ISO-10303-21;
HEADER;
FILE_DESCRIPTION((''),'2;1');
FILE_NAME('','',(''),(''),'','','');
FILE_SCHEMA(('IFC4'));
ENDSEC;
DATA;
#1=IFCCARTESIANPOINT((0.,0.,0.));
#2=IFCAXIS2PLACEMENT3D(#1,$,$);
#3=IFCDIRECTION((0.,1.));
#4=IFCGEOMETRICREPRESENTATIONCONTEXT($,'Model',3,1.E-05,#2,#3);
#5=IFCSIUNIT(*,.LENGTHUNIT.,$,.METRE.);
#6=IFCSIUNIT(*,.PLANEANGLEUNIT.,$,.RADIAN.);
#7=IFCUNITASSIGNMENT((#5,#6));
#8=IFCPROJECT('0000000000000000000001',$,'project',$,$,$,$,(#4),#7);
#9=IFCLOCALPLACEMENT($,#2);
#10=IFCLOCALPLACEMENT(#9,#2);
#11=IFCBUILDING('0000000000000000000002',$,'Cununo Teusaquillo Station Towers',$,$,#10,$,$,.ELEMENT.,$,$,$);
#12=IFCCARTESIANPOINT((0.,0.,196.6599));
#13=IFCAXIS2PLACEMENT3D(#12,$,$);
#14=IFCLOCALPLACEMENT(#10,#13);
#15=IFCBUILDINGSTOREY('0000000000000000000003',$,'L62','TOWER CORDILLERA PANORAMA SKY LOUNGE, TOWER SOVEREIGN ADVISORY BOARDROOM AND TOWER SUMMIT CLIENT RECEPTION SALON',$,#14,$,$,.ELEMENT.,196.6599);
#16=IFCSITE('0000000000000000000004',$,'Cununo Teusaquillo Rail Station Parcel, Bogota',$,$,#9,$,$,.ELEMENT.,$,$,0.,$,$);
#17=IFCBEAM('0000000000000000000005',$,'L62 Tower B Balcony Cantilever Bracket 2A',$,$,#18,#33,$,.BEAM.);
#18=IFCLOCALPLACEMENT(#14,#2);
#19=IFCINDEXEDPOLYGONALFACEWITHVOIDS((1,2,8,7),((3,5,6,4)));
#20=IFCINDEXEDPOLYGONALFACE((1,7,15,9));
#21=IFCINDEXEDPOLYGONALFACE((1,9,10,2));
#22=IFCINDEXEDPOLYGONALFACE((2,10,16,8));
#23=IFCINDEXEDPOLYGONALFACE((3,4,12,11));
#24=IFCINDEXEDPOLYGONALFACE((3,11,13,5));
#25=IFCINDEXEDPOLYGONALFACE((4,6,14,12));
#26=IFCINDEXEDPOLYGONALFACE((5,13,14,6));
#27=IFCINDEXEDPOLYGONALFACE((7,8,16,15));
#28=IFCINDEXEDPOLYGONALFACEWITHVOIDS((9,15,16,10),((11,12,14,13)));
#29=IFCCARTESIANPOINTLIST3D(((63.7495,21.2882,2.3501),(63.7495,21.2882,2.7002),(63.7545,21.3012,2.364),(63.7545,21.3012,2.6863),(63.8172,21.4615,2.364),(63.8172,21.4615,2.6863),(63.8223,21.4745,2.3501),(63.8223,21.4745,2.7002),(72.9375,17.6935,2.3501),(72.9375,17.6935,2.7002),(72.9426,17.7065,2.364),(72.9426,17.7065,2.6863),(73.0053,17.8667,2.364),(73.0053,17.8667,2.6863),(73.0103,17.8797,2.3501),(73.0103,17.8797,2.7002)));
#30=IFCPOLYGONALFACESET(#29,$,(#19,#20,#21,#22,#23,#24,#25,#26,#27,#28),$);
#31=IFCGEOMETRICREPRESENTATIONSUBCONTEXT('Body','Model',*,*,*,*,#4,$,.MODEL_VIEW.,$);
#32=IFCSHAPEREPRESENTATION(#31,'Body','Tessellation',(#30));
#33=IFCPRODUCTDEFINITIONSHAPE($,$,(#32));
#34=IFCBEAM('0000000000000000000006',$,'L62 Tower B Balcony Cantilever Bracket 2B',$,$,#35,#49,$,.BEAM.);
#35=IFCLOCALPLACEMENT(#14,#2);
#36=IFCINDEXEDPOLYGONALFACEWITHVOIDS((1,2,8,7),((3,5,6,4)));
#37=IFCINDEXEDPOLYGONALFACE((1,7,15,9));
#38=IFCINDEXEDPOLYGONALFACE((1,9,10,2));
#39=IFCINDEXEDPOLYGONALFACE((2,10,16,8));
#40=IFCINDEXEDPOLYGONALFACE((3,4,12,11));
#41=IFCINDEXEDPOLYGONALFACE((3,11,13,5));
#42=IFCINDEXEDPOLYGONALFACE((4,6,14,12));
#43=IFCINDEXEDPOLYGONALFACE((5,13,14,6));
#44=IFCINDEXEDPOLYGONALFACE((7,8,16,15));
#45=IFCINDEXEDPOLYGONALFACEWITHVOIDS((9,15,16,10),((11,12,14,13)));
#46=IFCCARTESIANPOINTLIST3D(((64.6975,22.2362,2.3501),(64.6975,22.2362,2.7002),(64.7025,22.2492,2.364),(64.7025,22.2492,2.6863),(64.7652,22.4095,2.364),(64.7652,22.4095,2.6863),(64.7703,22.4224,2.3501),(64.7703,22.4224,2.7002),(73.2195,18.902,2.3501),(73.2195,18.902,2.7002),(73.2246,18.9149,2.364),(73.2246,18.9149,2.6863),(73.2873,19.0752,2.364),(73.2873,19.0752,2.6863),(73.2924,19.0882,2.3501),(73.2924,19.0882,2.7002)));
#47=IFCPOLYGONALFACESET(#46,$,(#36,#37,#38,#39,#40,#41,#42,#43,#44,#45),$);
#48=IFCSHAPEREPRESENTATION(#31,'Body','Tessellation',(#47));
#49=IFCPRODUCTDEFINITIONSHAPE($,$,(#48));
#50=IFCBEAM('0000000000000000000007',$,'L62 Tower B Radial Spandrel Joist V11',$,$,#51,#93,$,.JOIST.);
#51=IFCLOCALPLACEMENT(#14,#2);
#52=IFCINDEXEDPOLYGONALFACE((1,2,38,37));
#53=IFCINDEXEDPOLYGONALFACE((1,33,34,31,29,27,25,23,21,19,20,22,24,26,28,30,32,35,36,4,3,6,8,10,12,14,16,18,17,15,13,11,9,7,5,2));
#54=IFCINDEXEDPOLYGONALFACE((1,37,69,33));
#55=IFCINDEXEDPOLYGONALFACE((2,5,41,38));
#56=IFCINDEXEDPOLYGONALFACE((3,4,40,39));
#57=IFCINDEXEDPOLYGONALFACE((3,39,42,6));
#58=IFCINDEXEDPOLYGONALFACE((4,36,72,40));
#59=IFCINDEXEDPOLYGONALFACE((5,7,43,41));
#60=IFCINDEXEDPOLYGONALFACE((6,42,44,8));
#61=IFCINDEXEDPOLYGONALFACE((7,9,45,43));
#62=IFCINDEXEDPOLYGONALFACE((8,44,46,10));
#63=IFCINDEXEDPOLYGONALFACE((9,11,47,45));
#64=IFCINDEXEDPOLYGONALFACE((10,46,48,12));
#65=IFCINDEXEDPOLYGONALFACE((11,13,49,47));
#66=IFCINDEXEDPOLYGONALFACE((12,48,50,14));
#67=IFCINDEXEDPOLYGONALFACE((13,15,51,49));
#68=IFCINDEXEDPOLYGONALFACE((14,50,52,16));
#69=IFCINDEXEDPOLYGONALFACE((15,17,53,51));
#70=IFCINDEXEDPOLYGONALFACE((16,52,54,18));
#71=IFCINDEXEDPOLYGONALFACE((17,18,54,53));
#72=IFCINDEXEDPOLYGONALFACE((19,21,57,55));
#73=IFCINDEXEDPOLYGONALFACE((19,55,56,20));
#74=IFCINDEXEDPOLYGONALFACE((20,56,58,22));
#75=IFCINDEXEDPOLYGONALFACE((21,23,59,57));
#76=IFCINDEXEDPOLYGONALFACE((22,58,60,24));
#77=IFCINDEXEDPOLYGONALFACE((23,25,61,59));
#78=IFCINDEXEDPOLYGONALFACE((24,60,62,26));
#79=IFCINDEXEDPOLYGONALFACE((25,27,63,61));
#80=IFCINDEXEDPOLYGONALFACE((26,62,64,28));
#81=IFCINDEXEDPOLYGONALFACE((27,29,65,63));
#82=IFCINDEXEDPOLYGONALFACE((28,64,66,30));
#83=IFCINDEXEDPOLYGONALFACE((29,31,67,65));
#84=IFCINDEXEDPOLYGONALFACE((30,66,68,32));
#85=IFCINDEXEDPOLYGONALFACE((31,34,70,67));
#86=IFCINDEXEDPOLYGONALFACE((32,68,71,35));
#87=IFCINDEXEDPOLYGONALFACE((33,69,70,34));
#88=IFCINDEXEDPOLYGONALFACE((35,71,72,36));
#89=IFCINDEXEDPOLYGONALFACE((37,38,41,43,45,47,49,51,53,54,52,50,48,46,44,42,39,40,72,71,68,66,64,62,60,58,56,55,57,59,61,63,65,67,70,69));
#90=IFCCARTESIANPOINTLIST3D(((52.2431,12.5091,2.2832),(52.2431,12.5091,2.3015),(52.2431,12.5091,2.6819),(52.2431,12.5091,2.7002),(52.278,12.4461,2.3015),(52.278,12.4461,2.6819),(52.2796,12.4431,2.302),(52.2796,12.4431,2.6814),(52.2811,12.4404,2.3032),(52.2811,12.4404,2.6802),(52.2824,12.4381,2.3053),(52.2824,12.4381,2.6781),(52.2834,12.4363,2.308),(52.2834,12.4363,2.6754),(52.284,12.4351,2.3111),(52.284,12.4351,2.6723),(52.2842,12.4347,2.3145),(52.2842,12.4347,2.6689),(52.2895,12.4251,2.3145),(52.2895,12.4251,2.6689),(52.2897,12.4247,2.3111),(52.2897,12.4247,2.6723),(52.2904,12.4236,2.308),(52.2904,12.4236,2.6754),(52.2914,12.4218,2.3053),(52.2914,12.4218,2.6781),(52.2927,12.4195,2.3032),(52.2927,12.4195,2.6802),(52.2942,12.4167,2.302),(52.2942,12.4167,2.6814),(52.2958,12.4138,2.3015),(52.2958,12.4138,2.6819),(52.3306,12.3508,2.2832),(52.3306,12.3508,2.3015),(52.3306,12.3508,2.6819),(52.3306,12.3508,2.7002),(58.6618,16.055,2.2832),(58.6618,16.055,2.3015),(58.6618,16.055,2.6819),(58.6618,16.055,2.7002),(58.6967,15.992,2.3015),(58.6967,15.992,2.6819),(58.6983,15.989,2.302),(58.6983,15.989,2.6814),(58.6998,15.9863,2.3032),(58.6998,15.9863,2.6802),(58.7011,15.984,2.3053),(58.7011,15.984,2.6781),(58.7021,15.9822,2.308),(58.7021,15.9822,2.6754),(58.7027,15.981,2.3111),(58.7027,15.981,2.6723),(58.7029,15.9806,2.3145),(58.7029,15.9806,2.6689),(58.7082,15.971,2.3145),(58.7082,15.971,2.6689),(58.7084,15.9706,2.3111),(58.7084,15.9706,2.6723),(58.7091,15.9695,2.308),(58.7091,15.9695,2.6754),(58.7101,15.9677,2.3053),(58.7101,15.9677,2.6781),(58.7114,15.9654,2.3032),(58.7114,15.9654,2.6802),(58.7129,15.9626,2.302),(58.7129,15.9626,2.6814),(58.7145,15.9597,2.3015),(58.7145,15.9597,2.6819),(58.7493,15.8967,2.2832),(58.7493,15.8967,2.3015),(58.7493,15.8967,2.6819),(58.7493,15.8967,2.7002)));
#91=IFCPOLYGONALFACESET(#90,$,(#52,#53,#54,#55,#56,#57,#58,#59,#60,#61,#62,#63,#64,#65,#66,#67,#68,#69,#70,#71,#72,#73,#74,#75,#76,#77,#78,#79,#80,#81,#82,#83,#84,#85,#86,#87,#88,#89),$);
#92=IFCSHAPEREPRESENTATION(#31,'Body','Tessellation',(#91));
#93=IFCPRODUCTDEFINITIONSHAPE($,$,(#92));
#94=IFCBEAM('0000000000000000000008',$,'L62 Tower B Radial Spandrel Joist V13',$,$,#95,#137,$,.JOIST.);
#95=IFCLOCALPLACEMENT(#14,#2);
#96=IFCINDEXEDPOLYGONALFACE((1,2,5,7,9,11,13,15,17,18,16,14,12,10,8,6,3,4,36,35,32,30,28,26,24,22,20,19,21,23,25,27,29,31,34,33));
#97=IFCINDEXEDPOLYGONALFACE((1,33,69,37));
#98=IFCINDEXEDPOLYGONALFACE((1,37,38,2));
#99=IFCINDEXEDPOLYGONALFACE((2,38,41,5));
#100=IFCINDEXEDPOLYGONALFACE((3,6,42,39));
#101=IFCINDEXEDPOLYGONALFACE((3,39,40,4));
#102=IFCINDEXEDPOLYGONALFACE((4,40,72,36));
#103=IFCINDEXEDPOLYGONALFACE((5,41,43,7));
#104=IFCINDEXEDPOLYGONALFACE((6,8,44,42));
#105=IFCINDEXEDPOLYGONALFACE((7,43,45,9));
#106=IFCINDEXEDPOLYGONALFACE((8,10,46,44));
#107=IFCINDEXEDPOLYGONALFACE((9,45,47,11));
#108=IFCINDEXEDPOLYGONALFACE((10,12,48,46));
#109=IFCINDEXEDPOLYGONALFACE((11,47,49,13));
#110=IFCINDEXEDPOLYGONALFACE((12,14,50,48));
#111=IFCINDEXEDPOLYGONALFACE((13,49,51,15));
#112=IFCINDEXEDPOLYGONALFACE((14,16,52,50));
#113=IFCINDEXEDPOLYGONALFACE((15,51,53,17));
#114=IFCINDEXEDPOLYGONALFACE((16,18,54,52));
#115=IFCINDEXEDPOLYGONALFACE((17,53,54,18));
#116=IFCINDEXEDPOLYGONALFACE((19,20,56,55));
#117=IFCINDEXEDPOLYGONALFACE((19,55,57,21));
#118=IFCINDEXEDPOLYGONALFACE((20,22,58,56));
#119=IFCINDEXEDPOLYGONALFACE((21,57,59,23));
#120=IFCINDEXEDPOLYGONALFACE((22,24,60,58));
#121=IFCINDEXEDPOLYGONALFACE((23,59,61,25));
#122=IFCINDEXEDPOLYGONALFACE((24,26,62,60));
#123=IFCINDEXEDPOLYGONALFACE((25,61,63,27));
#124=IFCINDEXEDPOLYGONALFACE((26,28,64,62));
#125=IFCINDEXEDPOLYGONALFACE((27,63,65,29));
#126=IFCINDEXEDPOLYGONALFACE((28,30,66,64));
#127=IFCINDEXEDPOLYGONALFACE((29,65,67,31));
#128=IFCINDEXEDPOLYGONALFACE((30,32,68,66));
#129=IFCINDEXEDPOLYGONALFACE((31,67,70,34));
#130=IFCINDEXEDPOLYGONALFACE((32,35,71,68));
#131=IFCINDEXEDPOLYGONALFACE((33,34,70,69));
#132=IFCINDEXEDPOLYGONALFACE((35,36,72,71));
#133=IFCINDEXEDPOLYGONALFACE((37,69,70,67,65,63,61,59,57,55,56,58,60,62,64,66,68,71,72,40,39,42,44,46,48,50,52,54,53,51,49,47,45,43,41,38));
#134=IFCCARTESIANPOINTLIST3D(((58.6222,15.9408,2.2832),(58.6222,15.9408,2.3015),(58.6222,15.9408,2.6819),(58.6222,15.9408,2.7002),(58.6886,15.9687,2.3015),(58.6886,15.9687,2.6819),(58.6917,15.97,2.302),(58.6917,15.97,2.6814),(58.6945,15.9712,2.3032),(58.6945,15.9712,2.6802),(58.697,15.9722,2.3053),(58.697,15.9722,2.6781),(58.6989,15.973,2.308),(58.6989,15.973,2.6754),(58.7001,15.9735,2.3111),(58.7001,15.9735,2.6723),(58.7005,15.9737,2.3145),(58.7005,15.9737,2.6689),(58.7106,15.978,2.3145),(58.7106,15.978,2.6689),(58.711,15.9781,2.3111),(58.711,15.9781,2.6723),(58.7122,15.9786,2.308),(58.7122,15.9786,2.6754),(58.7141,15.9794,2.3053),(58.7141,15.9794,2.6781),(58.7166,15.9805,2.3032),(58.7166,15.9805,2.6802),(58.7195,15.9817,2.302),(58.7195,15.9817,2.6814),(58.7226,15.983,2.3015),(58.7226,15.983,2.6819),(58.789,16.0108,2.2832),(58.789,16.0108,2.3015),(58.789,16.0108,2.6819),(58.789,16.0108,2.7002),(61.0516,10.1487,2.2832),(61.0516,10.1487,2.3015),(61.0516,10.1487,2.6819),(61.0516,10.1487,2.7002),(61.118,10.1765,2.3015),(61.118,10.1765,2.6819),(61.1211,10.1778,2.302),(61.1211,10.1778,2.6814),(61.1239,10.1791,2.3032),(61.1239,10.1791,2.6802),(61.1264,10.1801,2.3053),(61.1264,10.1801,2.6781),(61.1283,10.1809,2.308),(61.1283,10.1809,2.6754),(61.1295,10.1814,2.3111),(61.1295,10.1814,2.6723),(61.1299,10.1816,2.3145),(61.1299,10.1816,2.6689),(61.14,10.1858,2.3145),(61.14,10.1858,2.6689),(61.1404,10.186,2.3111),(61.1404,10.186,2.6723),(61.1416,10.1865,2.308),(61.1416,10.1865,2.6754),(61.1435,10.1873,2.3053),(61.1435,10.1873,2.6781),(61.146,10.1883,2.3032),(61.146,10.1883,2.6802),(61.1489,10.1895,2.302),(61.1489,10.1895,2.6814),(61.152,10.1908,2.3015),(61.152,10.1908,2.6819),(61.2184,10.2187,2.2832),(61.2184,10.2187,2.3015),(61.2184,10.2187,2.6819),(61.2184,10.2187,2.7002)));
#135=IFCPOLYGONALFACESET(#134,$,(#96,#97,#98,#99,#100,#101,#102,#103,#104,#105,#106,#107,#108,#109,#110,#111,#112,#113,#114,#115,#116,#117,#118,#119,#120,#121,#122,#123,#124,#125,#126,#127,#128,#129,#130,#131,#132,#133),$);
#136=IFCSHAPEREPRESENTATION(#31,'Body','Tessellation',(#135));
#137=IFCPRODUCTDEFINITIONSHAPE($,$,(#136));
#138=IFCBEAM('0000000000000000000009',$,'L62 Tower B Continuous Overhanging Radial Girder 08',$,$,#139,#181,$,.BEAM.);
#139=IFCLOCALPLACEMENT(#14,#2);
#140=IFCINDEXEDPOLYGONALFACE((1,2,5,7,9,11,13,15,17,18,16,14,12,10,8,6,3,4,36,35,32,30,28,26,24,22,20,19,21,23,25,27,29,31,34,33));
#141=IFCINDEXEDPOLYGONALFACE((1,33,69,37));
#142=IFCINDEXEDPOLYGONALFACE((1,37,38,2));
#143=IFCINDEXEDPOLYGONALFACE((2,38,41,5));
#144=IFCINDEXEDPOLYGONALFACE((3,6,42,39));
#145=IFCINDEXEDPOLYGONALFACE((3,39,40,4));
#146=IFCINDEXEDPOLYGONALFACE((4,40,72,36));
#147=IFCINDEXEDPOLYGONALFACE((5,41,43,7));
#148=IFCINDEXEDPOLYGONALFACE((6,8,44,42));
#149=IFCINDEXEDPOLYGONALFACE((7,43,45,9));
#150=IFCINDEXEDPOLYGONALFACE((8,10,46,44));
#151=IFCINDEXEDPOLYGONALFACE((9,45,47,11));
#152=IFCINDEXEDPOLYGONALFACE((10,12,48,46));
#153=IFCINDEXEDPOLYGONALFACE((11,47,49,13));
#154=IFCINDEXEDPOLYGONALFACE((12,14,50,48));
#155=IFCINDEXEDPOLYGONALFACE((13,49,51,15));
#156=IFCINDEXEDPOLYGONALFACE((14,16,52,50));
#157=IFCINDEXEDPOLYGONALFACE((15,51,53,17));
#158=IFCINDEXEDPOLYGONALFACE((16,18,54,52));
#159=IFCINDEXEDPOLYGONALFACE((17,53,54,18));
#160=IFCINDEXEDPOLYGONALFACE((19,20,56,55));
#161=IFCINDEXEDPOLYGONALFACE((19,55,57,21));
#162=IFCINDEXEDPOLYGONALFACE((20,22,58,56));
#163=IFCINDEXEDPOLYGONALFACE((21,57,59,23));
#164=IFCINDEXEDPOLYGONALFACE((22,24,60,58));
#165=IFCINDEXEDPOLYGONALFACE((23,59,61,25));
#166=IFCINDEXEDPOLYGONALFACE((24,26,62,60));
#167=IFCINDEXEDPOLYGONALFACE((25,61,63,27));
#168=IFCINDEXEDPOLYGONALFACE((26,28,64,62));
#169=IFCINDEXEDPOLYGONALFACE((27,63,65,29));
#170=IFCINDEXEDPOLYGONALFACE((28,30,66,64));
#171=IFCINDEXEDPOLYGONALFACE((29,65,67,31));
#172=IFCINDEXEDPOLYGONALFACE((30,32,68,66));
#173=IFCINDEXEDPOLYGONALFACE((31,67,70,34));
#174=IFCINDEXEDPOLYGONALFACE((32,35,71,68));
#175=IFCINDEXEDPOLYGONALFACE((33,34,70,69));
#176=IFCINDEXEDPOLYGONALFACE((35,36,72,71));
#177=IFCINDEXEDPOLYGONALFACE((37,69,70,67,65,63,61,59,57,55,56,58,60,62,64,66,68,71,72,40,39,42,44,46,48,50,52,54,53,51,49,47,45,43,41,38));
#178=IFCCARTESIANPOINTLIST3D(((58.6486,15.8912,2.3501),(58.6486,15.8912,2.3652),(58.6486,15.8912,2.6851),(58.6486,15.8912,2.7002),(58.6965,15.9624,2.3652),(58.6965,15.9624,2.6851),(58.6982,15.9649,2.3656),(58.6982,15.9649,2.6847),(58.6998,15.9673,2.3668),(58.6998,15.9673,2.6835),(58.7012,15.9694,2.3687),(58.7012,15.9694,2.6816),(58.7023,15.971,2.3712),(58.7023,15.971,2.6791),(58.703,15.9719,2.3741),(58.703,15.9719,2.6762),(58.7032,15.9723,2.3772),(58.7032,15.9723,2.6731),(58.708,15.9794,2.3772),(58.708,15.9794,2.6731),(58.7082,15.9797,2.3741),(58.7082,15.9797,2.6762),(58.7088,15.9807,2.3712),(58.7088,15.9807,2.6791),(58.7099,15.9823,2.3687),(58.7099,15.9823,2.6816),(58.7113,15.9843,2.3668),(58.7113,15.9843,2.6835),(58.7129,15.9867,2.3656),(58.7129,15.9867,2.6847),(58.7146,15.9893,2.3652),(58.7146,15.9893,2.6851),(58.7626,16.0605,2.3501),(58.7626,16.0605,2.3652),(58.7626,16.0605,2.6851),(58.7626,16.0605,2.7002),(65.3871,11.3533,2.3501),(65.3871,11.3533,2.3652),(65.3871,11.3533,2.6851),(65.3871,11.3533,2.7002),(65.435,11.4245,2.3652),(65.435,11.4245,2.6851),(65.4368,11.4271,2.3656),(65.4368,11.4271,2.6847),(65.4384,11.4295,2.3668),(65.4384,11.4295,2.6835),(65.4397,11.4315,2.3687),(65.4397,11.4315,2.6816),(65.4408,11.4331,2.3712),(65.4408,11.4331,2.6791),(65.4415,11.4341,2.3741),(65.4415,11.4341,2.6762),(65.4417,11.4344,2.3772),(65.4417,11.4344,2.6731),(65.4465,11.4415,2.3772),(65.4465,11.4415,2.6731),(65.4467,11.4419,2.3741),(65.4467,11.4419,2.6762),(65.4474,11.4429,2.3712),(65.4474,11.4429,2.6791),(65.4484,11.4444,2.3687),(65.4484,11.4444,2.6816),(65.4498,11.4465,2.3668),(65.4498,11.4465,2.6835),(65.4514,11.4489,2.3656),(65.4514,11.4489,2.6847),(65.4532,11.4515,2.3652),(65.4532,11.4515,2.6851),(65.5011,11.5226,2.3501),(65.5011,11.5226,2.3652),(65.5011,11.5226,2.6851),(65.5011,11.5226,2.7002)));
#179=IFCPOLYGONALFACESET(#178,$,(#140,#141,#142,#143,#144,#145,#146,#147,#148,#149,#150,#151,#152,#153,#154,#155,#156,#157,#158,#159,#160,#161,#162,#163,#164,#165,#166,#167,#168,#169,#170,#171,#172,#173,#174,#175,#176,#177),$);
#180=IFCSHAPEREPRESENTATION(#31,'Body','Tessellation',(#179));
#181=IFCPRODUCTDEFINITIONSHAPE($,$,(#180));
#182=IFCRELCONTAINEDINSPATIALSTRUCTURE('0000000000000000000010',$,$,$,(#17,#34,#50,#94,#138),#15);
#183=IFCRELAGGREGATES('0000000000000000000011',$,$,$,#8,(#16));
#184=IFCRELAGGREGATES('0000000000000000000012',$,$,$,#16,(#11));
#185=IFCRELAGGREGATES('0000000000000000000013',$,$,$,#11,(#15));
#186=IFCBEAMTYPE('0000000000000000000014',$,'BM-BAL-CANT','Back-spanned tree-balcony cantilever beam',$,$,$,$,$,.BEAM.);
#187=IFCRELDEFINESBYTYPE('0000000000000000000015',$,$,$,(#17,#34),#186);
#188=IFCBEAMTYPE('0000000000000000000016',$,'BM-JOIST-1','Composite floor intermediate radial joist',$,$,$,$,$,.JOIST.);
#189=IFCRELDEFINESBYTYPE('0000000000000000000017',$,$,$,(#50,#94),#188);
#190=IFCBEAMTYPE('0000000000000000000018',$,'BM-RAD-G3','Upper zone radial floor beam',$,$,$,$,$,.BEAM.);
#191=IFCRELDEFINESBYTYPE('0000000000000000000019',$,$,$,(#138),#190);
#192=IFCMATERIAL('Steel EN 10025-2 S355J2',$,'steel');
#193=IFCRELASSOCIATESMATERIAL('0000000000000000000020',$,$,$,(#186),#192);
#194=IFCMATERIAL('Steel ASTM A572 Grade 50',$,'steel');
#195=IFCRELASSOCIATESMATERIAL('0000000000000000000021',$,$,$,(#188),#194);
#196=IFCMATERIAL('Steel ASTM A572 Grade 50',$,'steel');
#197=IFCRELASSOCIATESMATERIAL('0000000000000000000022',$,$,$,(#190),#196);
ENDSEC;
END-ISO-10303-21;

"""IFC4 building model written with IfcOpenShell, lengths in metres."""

from ifc_helpers import new_model, si_unit, direction, frame, origin, origin_2d, place, context, subcontext, project, spatial, hollow_rectangle, i_section, extrude, material, material_profile, profile_set, type_object, element, save


model = new_model("IFC4")

# Units and contexts
model_context = context("Model", 3, precision=1e-05, world=origin(), true_north=direction((0.0, 1.0)))
body_context = subcontext(model_context, "Body", "Model", "MODEL_VIEW")
ifc_project = project(units=[si_unit("LENGTHUNIT", "METRE"), si_unit("PLANEANGLEUNIT", "RADIAN")], contexts=[model_context])

# Site, building, storey
site_placement = place(None, origin())
site = spatial("IfcSite", under=ifc_project, at=site_placement, Name="Cununo Teusaquillo Rail Station Parcel, Bogota", CompositionType="ELEMENT", RefElevation=0.0)
building_placement = place(site_placement, origin())
building = spatial("IfcBuilding", under=site, at=building_placement, Name="Cununo Teusaquillo Station Towers", CompositionType="ELEMENT")
storey_placement = place(building_placement, frame((0.0, 0.0, 196.6599)))
storey = spatial("IfcBuildingStorey", under=building, at=storey_placement, Name="L62", Description="TOWER CORDILLERA PANORAMA SKY LOUNGE, TOWER SOVEREIGN ADVISORY BOARDROOM AND TOWER SUMMIT CLIENT RECEPTION SALON", CompositionType="ELEMENT", Elevation=196.6599)

# Beams
ifc_material_1 = material(Name="Steel EN 10025-2 S355J2", Category="steel")
ifc_material_profile_1 = material_profile(ifc_material_1, hollow_rectangle(XDim=0.2, YDim=0.3501, WallThickness=0.0139, at=origin_2d()), Name="RHS 350x200x14")
ifc_profile_set_1 = profile_set([ifc_material_profile_1], Name="Steel EN 10025-2 S355J2")
beam_type_1 = type_object("IfcBeamType", Name="BM-BAL-CANT", Description="Back-spanned tree-balcony cantilever beam", PredefinedType="BEAM", material=ifc_profile_set_1)
beam_1_placement = place(storey_placement, frame((63.7859, 21.3813, 2.5251), z_axis=(0.931262, -0.364349, 0.0), x_axis=(0.364349, 0.931262, 0.0)))
element("IfcBeam", 1, at=beam_1_placement, inside=storey, type_object=beam_type_1, Name="L62 Tower B Balcony Cantilever Bracket 2A", PredefinedType="BEAM", context=body_context, shape_type="SweptSolid", body=[
    extrude(hollow_rectangle(XDim=0.2, YDim=0.3501, WallThickness=0.0139, at=origin_2d()), origin(), (0.0, 0.0, 1.0), 9.8662),
])
beam_2_placement = place(storey_placement, frame((64.7339, 22.3293, 2.5251), z_axis=(0.93126, -0.364356, 0.0), x_axis=(0.364356, 0.93126, 0.0)))
element("IfcBeam", 2, at=beam_2_placement, inside=storey, type_object=beam_type_1, Name="L62 Tower B Balcony Cantilever Bracket 2B", PredefinedType="BEAM", context=body_context, shape_type="SweptSolid", body=[
    extrude(hollow_rectangle(XDim=0.2, YDim=0.3501, WallThickness=0.0139, at=origin_2d()), origin(), (0.0, 0.0, 1.0), 9.1511),
])
ifc_material_2 = material(Name="Steel ASTM A572 Grade 50", Category="steel")
ifc_material_profile_2 = material_profile(ifc_material_2, i_section(OverallWidth=0.1809, OverallDepth=0.417, WebThickness=0.011, FlangeThickness=0.0183, FilletRadius=0.0129, at=origin_2d()), Name="W16X57")
ifc_profile_set_2 = profile_set([ifc_material_profile_2], Name="Steel ASTM A572 Grade 50")
beam_type_2 = type_object("IfcBeamType", Name="BM-JOIST-1", Description="Composite floor intermediate radial joist", PredefinedType="JOIST", material=ifc_profile_set_2)
beam_3_placement = place(storey_placement, frame((58.7056, 15.9758, 2.4917), z_axis=(-0.875315, -0.483553, 0.0), x_axis=(0.483553, -0.875315, 0.0)))
element("IfcBeam", 3, at=beam_3_placement, inside=storey, type_object=beam_type_2, Name="L62 Tower B Radial Spandrel Joist V11", PredefinedType="JOIST", context=body_context, shape_type="SweptSolid", body=[
    extrude(i_section(OverallWidth=0.1809, OverallDepth=0.417, WebThickness=0.011, FlangeThickness=0.0183, FilletRadius=0.0129, at=origin_2d()), origin(), (0.0, 0.0, 1.0), 7.333),
])
beam_4_placement = place(storey_placement, frame((58.7056, 15.9758, 2.4917), z_axis=(0.386786, -0.922169, 0.0), x_axis=(0.922169, 0.386786, 0.0)))
element("IfcBeam", 4, at=beam_4_placement, inside=storey, type_object=beam_type_2, Name="L62 Tower B Radial Spandrel Joist V13", PredefinedType="JOIST", context=body_context, shape_type="SweptSolid", body=[
    extrude(i_section(OverallWidth=0.1809, OverallDepth=0.417, WebThickness=0.011, FlangeThickness=0.0183, FilletRadius=0.0129, at=origin_2d()), origin(), (0.0, 0.0, 1.0), 6.281),
])
ifc_material_3 = material(Name="Steel ASTM A572 Grade 50", Category="steel")
ifc_material_profile_3 = material_profile(ifc_material_3, i_section(OverallWidth=0.2041, OverallDepth=0.3501, WebThickness=0.0085, FlangeThickness=0.0151, FilletRadius=0.012, at=origin_2d()), Name="W14X48")
ifc_profile_set_3 = profile_set([ifc_material_profile_3], Name="Steel ASTM A572 Grade 50")
beam_type_3 = type_object("IfcBeamType", Name="BM-RAD-G3", Description="Upper zone radial floor beam", PredefinedType="BEAM", material=ifc_profile_set_3)
beam_5_placement = place(storey_placement, frame((58.7056, 15.9758, 2.5251), z_axis=(0.829457, -0.558571, 0.0), x_axis=(0.558571, 0.829457, 0.0)))
element("IfcBeam", 5, at=beam_5_placement, inside=storey, type_object=beam_type_3, Name="L62 Tower B Continuous Overhanging Radial Girder 08", PredefinedType="BEAM", context=body_context, shape_type="SweptSolid", body=[
    extrude(i_section(OverallWidth=0.2041, OverallDepth=0.3501, WebThickness=0.0085, FlangeThickness=0.0151, FilletRadius=0.012, at=origin_2d()), origin(), (0.0, 0.0, 1.0), 8.124),
])

save(model, "model.ifc")
